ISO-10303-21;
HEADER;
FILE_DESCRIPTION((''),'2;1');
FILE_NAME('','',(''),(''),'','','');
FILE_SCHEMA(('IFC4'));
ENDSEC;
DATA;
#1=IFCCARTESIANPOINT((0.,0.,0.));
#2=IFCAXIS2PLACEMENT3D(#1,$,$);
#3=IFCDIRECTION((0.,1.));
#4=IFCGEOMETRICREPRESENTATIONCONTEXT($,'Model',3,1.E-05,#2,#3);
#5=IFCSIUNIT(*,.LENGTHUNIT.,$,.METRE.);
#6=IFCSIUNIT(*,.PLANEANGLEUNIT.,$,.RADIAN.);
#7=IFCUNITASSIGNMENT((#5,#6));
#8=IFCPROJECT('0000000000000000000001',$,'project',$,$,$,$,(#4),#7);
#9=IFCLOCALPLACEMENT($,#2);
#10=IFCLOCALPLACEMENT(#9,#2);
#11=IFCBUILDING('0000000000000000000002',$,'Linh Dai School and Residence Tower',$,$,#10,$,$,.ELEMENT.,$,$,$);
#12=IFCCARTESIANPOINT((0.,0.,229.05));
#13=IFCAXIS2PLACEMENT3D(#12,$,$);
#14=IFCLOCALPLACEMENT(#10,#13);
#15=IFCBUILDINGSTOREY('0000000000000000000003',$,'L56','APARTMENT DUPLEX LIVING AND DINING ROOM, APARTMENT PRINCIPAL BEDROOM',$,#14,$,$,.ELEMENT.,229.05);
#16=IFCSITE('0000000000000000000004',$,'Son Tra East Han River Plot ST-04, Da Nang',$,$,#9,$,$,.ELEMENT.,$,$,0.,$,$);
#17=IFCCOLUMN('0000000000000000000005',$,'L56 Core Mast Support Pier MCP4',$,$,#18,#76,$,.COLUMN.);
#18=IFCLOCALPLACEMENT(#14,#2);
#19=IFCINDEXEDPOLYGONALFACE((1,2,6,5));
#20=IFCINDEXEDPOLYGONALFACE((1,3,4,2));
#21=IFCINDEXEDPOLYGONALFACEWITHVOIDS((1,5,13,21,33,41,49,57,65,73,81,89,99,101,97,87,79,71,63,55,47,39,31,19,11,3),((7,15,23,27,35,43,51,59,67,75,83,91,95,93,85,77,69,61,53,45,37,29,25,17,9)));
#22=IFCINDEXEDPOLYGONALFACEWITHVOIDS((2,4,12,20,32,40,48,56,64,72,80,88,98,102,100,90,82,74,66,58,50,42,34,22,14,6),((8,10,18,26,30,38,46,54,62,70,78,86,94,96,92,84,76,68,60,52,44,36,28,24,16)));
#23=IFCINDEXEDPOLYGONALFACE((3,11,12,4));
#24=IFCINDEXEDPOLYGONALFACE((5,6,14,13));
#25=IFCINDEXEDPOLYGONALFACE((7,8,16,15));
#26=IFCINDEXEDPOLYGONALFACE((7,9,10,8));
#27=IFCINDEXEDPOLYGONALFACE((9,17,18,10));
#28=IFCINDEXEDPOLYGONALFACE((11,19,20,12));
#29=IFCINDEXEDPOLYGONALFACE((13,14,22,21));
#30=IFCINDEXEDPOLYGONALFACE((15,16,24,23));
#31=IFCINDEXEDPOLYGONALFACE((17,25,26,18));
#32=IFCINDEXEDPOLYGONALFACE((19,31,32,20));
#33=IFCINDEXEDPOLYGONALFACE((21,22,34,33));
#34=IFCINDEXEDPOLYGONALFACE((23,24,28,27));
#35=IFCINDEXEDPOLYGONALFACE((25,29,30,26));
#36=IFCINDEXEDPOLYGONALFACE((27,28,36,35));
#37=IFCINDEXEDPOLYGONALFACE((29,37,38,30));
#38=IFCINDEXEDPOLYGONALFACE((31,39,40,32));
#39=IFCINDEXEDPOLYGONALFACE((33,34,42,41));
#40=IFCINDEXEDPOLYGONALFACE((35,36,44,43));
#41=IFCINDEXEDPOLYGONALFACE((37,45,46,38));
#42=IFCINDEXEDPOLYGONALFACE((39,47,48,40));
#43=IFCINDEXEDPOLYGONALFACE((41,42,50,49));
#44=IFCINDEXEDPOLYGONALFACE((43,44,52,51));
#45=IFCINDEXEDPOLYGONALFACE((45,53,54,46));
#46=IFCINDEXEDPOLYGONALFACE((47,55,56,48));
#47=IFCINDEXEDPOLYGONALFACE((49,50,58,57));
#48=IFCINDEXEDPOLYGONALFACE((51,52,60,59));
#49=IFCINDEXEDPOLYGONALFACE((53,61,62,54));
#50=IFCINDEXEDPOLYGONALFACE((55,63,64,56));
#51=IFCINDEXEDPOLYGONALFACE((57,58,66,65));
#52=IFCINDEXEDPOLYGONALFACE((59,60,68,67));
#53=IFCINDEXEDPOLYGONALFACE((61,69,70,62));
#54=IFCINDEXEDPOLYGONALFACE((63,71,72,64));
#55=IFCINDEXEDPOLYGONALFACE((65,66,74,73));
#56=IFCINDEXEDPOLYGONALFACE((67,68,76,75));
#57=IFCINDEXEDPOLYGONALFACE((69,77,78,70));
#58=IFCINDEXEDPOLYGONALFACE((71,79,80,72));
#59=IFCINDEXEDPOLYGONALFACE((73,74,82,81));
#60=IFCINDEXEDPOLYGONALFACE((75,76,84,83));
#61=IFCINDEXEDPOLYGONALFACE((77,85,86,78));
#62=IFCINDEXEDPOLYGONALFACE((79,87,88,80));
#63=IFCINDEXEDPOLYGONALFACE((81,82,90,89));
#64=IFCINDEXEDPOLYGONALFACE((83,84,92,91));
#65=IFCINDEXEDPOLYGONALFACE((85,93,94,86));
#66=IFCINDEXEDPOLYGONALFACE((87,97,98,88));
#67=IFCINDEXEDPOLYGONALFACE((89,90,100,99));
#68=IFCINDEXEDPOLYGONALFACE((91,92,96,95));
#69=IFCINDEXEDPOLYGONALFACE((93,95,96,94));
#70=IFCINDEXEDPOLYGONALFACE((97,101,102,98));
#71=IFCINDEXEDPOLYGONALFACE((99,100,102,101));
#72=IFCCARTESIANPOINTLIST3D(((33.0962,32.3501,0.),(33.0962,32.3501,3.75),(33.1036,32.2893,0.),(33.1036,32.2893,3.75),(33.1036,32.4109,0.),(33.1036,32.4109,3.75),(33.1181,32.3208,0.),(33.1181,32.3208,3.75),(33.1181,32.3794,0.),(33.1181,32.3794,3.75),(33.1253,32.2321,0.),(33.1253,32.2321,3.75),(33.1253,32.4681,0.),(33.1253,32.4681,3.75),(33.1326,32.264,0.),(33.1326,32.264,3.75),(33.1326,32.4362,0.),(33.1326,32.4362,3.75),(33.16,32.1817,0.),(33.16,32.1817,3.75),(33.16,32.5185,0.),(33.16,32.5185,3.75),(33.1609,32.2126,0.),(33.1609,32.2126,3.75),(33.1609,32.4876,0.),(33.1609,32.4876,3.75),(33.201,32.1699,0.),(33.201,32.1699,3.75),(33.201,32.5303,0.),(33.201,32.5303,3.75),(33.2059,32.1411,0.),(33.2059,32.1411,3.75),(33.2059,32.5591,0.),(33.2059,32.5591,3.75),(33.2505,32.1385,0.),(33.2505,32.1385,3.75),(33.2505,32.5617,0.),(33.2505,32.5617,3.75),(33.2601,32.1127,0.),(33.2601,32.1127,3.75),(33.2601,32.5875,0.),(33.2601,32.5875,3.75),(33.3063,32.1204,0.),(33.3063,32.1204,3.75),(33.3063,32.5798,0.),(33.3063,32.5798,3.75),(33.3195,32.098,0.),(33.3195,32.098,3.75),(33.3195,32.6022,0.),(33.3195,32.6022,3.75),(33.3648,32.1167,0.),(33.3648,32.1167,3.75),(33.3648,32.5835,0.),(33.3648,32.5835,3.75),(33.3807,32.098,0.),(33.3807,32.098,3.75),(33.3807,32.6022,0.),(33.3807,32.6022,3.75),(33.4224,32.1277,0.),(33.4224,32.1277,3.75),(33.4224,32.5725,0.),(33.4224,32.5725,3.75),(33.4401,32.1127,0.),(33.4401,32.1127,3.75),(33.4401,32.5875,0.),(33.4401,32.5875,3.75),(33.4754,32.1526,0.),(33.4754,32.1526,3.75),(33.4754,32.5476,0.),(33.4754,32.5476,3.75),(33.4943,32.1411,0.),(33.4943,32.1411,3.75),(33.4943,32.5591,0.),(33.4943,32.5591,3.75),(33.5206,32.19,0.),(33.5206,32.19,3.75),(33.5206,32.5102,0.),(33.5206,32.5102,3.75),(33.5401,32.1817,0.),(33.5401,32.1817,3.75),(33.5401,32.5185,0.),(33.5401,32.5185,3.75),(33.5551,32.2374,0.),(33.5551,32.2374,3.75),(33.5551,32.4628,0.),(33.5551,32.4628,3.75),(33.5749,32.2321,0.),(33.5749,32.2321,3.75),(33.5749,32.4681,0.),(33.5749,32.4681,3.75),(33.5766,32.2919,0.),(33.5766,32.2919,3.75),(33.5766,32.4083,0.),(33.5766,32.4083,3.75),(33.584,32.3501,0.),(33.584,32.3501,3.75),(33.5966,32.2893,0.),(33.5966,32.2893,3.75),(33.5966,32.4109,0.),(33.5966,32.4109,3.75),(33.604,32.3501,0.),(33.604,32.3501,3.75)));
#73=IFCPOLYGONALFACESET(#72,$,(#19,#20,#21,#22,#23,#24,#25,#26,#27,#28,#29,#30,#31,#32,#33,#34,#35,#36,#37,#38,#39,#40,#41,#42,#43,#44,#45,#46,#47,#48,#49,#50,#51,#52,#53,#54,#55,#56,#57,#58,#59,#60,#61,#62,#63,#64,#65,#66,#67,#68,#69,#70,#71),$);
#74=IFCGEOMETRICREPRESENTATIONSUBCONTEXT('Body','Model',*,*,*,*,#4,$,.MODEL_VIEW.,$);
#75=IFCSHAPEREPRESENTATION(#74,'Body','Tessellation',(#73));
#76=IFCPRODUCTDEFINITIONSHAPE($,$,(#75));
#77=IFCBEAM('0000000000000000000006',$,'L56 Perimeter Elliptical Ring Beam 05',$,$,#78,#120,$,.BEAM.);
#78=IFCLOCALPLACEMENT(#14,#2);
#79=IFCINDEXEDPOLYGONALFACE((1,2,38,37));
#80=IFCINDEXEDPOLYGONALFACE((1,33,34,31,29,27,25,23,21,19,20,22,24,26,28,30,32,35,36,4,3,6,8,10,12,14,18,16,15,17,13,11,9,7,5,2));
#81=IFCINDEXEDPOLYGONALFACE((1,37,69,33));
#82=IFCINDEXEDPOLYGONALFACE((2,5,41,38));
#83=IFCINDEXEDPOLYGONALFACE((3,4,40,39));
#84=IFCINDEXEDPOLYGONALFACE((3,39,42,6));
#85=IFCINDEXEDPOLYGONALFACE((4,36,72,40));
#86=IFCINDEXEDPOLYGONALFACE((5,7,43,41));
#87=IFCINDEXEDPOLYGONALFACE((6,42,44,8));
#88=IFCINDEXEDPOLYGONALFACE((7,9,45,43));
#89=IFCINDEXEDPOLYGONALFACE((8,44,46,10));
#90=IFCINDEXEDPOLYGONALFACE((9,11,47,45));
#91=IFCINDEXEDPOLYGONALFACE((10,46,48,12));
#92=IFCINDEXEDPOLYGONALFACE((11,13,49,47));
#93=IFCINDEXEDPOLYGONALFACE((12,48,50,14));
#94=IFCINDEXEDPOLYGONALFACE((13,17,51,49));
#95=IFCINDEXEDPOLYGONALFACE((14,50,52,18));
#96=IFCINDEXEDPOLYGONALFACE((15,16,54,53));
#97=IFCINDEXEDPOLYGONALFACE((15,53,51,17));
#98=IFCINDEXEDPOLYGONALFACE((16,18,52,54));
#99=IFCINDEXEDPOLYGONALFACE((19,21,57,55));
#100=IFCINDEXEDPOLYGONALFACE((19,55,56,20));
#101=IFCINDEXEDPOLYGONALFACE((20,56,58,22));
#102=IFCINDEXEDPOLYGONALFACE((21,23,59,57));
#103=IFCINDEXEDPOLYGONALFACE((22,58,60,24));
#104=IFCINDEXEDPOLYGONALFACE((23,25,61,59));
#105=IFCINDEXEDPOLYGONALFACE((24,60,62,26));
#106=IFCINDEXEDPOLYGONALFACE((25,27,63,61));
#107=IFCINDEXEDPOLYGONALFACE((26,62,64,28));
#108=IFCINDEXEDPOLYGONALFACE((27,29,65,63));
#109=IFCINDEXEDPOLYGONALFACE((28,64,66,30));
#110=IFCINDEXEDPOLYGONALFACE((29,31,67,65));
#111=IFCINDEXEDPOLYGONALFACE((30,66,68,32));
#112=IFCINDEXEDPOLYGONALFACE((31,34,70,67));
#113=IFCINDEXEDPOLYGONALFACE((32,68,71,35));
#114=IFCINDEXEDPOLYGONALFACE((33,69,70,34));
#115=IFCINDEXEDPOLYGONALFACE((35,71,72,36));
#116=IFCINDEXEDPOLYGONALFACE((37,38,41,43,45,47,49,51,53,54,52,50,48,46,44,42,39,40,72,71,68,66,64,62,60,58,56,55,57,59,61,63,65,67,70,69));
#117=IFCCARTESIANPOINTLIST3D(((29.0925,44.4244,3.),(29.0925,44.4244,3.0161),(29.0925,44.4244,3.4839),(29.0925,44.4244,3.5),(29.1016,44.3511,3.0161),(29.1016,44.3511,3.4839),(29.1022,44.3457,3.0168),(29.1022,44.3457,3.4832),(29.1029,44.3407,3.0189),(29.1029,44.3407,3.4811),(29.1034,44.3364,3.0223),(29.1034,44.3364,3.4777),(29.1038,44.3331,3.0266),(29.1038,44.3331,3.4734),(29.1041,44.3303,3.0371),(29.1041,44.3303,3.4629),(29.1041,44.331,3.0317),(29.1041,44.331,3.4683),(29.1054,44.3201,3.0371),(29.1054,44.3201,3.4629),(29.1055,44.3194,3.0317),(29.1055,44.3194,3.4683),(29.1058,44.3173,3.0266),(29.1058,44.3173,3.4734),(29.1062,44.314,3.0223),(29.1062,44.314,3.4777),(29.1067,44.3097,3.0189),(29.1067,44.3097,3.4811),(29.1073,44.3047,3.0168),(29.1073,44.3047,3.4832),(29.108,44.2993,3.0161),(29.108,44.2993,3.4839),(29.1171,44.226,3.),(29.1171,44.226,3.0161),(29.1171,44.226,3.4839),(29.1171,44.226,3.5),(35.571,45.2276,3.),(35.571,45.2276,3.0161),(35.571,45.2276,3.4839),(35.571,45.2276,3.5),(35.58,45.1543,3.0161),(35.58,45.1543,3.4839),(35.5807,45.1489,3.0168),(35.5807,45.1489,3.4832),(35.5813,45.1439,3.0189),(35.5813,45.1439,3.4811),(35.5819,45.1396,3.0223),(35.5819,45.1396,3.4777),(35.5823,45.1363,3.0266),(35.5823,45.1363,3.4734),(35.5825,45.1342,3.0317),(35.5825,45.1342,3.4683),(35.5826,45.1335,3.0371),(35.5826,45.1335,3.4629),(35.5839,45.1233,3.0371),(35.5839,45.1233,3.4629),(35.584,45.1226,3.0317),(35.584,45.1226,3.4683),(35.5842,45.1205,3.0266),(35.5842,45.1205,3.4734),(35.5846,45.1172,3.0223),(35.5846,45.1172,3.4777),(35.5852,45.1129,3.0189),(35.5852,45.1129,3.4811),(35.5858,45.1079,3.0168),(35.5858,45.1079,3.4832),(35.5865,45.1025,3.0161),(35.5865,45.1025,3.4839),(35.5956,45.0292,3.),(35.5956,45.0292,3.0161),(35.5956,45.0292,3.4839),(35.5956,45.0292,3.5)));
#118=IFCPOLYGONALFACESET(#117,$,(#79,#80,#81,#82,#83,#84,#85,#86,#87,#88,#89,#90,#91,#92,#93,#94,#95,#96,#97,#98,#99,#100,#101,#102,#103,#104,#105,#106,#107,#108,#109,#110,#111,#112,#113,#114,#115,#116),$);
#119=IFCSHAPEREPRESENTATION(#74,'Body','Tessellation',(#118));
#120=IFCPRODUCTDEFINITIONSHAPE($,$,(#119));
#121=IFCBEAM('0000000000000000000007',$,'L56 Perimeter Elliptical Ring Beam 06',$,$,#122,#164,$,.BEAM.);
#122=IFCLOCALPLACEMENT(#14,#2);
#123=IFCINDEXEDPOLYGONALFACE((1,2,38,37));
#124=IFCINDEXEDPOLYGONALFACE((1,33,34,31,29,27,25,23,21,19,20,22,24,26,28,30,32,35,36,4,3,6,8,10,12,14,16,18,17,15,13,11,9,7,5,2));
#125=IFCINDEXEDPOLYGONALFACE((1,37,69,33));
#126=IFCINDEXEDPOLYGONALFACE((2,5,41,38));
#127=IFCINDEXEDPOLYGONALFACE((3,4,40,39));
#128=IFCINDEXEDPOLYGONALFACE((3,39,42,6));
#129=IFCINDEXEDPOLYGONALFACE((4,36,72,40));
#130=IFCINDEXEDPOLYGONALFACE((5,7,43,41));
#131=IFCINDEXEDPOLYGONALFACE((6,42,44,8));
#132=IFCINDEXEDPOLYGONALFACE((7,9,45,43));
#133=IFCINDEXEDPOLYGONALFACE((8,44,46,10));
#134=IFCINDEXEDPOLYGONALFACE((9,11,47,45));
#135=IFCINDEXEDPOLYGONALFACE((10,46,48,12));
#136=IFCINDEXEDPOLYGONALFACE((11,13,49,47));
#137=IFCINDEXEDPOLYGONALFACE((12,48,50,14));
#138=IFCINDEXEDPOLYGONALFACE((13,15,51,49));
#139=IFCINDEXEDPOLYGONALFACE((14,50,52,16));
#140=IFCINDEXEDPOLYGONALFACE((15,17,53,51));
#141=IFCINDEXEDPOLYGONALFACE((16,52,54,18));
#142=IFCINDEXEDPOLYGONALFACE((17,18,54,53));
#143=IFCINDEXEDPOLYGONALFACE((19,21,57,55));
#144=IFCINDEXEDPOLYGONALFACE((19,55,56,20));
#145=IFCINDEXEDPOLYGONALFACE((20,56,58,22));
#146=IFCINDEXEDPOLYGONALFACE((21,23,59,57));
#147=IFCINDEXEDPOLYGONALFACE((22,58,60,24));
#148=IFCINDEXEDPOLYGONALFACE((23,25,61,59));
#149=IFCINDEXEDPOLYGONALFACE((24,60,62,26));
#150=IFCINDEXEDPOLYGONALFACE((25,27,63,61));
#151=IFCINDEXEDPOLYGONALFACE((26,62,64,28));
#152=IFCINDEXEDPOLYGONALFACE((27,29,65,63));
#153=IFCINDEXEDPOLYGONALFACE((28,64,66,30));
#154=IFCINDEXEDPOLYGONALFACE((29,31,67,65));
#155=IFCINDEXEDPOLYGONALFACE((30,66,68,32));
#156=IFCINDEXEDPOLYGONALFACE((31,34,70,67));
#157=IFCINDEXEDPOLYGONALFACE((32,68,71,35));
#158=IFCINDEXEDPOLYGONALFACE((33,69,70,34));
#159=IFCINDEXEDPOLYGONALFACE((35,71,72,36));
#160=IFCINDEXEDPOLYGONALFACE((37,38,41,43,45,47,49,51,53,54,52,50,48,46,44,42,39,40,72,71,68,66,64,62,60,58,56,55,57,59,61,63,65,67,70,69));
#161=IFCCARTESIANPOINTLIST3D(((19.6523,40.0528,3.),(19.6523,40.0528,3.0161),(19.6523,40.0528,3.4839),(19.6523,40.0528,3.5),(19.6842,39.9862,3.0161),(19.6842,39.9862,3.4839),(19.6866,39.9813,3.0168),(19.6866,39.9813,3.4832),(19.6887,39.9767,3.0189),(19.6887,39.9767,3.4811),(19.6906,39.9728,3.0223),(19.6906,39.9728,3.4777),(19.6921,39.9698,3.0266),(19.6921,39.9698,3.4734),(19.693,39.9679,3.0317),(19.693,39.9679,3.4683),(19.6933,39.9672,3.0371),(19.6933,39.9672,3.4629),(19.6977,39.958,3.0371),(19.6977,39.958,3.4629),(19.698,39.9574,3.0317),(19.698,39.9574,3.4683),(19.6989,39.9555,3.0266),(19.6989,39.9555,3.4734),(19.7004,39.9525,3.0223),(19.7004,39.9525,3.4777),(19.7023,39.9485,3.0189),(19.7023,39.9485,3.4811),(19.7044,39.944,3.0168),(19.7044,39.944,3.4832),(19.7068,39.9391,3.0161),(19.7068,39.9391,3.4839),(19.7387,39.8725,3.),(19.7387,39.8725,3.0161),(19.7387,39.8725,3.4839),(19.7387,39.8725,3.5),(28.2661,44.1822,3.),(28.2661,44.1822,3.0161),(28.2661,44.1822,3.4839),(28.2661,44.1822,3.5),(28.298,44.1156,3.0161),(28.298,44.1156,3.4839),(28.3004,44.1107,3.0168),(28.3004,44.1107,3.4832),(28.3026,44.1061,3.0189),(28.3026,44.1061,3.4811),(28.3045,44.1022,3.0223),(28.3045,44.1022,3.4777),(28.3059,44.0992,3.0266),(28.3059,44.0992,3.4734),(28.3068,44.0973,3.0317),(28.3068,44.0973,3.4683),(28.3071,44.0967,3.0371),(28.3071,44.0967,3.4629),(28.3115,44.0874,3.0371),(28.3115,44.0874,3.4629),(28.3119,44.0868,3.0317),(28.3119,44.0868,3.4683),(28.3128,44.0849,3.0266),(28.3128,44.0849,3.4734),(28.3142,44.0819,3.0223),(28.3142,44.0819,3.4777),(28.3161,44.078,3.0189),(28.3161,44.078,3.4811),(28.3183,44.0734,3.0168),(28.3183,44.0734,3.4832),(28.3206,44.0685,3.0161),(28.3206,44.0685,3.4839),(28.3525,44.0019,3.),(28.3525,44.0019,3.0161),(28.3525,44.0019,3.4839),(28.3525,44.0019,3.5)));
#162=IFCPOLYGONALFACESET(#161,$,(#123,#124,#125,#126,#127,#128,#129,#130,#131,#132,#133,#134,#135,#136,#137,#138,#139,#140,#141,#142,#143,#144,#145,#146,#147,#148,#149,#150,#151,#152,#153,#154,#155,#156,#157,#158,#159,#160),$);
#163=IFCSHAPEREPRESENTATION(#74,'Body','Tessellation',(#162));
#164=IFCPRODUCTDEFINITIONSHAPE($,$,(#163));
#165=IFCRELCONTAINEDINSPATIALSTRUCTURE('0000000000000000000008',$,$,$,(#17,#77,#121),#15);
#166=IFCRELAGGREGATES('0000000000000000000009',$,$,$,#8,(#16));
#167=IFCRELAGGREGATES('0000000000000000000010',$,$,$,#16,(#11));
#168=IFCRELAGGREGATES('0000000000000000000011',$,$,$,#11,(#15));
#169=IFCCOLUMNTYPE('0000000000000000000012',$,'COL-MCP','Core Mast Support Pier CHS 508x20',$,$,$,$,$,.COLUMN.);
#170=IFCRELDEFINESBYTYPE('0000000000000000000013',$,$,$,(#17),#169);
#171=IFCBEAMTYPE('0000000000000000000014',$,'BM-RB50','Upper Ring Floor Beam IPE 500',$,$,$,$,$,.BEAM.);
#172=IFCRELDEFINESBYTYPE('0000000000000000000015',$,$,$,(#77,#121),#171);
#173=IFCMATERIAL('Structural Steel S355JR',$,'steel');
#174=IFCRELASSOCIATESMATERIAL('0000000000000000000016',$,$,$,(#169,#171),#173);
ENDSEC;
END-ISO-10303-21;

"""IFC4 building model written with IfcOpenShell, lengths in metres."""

from ifc_helpers import new_model, si_unit, direction, frame, origin, origin_2d, place, context, subcontext, project, spatial, hollow_circle, i_section, extrude, material, material_profile, profile_set, type_object, element, save


model = new_model("IFC4")

# Units and contexts
model_context = context("Model", 3, precision=1e-05, world=origin(), true_north=direction((0.0, 1.0)))
body_context = subcontext(model_context, "Body", "Model", "MODEL_VIEW")
ifc_project = project(units=[si_unit("LENGTHUNIT", "METRE"), si_unit("PLANEANGLEUNIT", "RADIAN")], contexts=[model_context])

# Site, building, storey
site_placement = place(None, origin())
site = spatial("IfcSite", under=ifc_project, at=site_placement, Name="Son Tra East Han River Plot ST-04, Da Nang", CompositionType="ELEMENT", RefElevation=0.0)
building_placement = place(site_placement, origin())
building = spatial("IfcBuilding", under=site, at=building_placement, Name="Linh Dai School and Residence Tower", CompositionType="ELEMENT")
storey_placement = place(building_placement, frame((0.0, 0.0, 229.05)))
storey = spatial("IfcBuildingStorey", under=building, at=storey_placement, Name="L56", Description="APARTMENT DUPLEX LIVING AND DINING ROOM, APARTMENT PRINCIPAL BEDROOM", CompositionType="ELEMENT", Elevation=229.05)

# Column
ifc_material_1 = material(Name="Structural Steel S355JR", Category="steel")
ifc_material_profile_1 = material_profile(ifc_material_1, hollow_circle(Radius=0.2539, WallThickness=0.02, at=origin_2d()), Name="CHS 508x20")
ifc_profile_set_1 = profile_set([ifc_material_profile_1], Name="Structural Steel S355JR")
column_type_1 = type_object("IfcColumnType", Name="COL-MCP", Description="Core Mast Support Pier CHS 508x20", PredefinedType="COLUMN", material=ifc_profile_set_1)
column_1_placement = place(storey_placement, frame((33.3501, 32.3501, 0.0), z_axis=(0.0, 0.0, 1.0), x_axis=(1.0, 0.0, 0.0)))
element("IfcColumn", 1, at=column_1_placement, inside=storey, type_object=column_type_1, Name="L56 Core Mast Support Pier MCP4", PredefinedType="COLUMN", context=body_context, shape_type="SweptSolid", body=[
    extrude(hollow_circle(Radius=0.2539, WallThickness=0.02, at=origin_2d()), origin(), (0.0, 0.0, 1.0), 3.75),
])

# Beams
ifc_material_profile_2 = material_profile(ifc_material_1, i_section(OverallWidth=0.2, OverallDepth=0.5, WebThickness=0.0103, FlangeThickness=0.0161, FilletRadius=0.021, at=origin_2d()), Name="IPE 500")
ifc_profile_set_2 = profile_set([ifc_material_profile_2], Name="Structural Steel S355JR")
beam_type_1 = type_object("IfcBeamType", Name="BM-RB50", Description="Upper Ring Floor Beam IPE 500", PredefinedType="BEAM", material=ifc_profile_set_2)
beam_1_placement = place(storey_placement, frame((35.5833, 45.1284, 3.25), z_axis=(-0.992402, -0.12304, 0.0), x_axis=(0.12304, -0.992402, 0.0)))
element("IfcBeam", 2, at=beam_1_placement, inside=storey, type_object=beam_type_1, Name="L56 Perimeter Elliptical Ring Beam 05", PredefinedType="BEAM", context=body_context, shape_type="SweptSolid", body=[
    extrude(i_section(OverallWidth=0.2, OverallDepth=0.5, WebThickness=0.0103, FlangeThickness=0.0161, FilletRadius=0.021, at=origin_2d()), origin(), (0.0, 0.0, 1.0), 6.5281),
])
beam_2_placement = place(storey_placement, frame((28.3093, 44.092, 3.25), z_axis=(-0.901736, -0.432287, 0.0), x_axis=(0.432287, -0.901736, 0.0)))
element("IfcBeam", 3, at=beam_2_placement, inside=storey, type_object=beam_type_1, Name="L56 Perimeter Elliptical Ring Beam 06", PredefinedType="BEAM", context=body_context, shape_type="SweptSolid", body=[
    extrude(i_section(OverallWidth=0.2, OverallDepth=0.5, WebThickness=0.0103, FlangeThickness=0.0161, FilletRadius=0.021, at=origin_2d()), origin(), (0.0, 0.0, 1.0), 9.5525),
])

save(model, "model.ifc")
